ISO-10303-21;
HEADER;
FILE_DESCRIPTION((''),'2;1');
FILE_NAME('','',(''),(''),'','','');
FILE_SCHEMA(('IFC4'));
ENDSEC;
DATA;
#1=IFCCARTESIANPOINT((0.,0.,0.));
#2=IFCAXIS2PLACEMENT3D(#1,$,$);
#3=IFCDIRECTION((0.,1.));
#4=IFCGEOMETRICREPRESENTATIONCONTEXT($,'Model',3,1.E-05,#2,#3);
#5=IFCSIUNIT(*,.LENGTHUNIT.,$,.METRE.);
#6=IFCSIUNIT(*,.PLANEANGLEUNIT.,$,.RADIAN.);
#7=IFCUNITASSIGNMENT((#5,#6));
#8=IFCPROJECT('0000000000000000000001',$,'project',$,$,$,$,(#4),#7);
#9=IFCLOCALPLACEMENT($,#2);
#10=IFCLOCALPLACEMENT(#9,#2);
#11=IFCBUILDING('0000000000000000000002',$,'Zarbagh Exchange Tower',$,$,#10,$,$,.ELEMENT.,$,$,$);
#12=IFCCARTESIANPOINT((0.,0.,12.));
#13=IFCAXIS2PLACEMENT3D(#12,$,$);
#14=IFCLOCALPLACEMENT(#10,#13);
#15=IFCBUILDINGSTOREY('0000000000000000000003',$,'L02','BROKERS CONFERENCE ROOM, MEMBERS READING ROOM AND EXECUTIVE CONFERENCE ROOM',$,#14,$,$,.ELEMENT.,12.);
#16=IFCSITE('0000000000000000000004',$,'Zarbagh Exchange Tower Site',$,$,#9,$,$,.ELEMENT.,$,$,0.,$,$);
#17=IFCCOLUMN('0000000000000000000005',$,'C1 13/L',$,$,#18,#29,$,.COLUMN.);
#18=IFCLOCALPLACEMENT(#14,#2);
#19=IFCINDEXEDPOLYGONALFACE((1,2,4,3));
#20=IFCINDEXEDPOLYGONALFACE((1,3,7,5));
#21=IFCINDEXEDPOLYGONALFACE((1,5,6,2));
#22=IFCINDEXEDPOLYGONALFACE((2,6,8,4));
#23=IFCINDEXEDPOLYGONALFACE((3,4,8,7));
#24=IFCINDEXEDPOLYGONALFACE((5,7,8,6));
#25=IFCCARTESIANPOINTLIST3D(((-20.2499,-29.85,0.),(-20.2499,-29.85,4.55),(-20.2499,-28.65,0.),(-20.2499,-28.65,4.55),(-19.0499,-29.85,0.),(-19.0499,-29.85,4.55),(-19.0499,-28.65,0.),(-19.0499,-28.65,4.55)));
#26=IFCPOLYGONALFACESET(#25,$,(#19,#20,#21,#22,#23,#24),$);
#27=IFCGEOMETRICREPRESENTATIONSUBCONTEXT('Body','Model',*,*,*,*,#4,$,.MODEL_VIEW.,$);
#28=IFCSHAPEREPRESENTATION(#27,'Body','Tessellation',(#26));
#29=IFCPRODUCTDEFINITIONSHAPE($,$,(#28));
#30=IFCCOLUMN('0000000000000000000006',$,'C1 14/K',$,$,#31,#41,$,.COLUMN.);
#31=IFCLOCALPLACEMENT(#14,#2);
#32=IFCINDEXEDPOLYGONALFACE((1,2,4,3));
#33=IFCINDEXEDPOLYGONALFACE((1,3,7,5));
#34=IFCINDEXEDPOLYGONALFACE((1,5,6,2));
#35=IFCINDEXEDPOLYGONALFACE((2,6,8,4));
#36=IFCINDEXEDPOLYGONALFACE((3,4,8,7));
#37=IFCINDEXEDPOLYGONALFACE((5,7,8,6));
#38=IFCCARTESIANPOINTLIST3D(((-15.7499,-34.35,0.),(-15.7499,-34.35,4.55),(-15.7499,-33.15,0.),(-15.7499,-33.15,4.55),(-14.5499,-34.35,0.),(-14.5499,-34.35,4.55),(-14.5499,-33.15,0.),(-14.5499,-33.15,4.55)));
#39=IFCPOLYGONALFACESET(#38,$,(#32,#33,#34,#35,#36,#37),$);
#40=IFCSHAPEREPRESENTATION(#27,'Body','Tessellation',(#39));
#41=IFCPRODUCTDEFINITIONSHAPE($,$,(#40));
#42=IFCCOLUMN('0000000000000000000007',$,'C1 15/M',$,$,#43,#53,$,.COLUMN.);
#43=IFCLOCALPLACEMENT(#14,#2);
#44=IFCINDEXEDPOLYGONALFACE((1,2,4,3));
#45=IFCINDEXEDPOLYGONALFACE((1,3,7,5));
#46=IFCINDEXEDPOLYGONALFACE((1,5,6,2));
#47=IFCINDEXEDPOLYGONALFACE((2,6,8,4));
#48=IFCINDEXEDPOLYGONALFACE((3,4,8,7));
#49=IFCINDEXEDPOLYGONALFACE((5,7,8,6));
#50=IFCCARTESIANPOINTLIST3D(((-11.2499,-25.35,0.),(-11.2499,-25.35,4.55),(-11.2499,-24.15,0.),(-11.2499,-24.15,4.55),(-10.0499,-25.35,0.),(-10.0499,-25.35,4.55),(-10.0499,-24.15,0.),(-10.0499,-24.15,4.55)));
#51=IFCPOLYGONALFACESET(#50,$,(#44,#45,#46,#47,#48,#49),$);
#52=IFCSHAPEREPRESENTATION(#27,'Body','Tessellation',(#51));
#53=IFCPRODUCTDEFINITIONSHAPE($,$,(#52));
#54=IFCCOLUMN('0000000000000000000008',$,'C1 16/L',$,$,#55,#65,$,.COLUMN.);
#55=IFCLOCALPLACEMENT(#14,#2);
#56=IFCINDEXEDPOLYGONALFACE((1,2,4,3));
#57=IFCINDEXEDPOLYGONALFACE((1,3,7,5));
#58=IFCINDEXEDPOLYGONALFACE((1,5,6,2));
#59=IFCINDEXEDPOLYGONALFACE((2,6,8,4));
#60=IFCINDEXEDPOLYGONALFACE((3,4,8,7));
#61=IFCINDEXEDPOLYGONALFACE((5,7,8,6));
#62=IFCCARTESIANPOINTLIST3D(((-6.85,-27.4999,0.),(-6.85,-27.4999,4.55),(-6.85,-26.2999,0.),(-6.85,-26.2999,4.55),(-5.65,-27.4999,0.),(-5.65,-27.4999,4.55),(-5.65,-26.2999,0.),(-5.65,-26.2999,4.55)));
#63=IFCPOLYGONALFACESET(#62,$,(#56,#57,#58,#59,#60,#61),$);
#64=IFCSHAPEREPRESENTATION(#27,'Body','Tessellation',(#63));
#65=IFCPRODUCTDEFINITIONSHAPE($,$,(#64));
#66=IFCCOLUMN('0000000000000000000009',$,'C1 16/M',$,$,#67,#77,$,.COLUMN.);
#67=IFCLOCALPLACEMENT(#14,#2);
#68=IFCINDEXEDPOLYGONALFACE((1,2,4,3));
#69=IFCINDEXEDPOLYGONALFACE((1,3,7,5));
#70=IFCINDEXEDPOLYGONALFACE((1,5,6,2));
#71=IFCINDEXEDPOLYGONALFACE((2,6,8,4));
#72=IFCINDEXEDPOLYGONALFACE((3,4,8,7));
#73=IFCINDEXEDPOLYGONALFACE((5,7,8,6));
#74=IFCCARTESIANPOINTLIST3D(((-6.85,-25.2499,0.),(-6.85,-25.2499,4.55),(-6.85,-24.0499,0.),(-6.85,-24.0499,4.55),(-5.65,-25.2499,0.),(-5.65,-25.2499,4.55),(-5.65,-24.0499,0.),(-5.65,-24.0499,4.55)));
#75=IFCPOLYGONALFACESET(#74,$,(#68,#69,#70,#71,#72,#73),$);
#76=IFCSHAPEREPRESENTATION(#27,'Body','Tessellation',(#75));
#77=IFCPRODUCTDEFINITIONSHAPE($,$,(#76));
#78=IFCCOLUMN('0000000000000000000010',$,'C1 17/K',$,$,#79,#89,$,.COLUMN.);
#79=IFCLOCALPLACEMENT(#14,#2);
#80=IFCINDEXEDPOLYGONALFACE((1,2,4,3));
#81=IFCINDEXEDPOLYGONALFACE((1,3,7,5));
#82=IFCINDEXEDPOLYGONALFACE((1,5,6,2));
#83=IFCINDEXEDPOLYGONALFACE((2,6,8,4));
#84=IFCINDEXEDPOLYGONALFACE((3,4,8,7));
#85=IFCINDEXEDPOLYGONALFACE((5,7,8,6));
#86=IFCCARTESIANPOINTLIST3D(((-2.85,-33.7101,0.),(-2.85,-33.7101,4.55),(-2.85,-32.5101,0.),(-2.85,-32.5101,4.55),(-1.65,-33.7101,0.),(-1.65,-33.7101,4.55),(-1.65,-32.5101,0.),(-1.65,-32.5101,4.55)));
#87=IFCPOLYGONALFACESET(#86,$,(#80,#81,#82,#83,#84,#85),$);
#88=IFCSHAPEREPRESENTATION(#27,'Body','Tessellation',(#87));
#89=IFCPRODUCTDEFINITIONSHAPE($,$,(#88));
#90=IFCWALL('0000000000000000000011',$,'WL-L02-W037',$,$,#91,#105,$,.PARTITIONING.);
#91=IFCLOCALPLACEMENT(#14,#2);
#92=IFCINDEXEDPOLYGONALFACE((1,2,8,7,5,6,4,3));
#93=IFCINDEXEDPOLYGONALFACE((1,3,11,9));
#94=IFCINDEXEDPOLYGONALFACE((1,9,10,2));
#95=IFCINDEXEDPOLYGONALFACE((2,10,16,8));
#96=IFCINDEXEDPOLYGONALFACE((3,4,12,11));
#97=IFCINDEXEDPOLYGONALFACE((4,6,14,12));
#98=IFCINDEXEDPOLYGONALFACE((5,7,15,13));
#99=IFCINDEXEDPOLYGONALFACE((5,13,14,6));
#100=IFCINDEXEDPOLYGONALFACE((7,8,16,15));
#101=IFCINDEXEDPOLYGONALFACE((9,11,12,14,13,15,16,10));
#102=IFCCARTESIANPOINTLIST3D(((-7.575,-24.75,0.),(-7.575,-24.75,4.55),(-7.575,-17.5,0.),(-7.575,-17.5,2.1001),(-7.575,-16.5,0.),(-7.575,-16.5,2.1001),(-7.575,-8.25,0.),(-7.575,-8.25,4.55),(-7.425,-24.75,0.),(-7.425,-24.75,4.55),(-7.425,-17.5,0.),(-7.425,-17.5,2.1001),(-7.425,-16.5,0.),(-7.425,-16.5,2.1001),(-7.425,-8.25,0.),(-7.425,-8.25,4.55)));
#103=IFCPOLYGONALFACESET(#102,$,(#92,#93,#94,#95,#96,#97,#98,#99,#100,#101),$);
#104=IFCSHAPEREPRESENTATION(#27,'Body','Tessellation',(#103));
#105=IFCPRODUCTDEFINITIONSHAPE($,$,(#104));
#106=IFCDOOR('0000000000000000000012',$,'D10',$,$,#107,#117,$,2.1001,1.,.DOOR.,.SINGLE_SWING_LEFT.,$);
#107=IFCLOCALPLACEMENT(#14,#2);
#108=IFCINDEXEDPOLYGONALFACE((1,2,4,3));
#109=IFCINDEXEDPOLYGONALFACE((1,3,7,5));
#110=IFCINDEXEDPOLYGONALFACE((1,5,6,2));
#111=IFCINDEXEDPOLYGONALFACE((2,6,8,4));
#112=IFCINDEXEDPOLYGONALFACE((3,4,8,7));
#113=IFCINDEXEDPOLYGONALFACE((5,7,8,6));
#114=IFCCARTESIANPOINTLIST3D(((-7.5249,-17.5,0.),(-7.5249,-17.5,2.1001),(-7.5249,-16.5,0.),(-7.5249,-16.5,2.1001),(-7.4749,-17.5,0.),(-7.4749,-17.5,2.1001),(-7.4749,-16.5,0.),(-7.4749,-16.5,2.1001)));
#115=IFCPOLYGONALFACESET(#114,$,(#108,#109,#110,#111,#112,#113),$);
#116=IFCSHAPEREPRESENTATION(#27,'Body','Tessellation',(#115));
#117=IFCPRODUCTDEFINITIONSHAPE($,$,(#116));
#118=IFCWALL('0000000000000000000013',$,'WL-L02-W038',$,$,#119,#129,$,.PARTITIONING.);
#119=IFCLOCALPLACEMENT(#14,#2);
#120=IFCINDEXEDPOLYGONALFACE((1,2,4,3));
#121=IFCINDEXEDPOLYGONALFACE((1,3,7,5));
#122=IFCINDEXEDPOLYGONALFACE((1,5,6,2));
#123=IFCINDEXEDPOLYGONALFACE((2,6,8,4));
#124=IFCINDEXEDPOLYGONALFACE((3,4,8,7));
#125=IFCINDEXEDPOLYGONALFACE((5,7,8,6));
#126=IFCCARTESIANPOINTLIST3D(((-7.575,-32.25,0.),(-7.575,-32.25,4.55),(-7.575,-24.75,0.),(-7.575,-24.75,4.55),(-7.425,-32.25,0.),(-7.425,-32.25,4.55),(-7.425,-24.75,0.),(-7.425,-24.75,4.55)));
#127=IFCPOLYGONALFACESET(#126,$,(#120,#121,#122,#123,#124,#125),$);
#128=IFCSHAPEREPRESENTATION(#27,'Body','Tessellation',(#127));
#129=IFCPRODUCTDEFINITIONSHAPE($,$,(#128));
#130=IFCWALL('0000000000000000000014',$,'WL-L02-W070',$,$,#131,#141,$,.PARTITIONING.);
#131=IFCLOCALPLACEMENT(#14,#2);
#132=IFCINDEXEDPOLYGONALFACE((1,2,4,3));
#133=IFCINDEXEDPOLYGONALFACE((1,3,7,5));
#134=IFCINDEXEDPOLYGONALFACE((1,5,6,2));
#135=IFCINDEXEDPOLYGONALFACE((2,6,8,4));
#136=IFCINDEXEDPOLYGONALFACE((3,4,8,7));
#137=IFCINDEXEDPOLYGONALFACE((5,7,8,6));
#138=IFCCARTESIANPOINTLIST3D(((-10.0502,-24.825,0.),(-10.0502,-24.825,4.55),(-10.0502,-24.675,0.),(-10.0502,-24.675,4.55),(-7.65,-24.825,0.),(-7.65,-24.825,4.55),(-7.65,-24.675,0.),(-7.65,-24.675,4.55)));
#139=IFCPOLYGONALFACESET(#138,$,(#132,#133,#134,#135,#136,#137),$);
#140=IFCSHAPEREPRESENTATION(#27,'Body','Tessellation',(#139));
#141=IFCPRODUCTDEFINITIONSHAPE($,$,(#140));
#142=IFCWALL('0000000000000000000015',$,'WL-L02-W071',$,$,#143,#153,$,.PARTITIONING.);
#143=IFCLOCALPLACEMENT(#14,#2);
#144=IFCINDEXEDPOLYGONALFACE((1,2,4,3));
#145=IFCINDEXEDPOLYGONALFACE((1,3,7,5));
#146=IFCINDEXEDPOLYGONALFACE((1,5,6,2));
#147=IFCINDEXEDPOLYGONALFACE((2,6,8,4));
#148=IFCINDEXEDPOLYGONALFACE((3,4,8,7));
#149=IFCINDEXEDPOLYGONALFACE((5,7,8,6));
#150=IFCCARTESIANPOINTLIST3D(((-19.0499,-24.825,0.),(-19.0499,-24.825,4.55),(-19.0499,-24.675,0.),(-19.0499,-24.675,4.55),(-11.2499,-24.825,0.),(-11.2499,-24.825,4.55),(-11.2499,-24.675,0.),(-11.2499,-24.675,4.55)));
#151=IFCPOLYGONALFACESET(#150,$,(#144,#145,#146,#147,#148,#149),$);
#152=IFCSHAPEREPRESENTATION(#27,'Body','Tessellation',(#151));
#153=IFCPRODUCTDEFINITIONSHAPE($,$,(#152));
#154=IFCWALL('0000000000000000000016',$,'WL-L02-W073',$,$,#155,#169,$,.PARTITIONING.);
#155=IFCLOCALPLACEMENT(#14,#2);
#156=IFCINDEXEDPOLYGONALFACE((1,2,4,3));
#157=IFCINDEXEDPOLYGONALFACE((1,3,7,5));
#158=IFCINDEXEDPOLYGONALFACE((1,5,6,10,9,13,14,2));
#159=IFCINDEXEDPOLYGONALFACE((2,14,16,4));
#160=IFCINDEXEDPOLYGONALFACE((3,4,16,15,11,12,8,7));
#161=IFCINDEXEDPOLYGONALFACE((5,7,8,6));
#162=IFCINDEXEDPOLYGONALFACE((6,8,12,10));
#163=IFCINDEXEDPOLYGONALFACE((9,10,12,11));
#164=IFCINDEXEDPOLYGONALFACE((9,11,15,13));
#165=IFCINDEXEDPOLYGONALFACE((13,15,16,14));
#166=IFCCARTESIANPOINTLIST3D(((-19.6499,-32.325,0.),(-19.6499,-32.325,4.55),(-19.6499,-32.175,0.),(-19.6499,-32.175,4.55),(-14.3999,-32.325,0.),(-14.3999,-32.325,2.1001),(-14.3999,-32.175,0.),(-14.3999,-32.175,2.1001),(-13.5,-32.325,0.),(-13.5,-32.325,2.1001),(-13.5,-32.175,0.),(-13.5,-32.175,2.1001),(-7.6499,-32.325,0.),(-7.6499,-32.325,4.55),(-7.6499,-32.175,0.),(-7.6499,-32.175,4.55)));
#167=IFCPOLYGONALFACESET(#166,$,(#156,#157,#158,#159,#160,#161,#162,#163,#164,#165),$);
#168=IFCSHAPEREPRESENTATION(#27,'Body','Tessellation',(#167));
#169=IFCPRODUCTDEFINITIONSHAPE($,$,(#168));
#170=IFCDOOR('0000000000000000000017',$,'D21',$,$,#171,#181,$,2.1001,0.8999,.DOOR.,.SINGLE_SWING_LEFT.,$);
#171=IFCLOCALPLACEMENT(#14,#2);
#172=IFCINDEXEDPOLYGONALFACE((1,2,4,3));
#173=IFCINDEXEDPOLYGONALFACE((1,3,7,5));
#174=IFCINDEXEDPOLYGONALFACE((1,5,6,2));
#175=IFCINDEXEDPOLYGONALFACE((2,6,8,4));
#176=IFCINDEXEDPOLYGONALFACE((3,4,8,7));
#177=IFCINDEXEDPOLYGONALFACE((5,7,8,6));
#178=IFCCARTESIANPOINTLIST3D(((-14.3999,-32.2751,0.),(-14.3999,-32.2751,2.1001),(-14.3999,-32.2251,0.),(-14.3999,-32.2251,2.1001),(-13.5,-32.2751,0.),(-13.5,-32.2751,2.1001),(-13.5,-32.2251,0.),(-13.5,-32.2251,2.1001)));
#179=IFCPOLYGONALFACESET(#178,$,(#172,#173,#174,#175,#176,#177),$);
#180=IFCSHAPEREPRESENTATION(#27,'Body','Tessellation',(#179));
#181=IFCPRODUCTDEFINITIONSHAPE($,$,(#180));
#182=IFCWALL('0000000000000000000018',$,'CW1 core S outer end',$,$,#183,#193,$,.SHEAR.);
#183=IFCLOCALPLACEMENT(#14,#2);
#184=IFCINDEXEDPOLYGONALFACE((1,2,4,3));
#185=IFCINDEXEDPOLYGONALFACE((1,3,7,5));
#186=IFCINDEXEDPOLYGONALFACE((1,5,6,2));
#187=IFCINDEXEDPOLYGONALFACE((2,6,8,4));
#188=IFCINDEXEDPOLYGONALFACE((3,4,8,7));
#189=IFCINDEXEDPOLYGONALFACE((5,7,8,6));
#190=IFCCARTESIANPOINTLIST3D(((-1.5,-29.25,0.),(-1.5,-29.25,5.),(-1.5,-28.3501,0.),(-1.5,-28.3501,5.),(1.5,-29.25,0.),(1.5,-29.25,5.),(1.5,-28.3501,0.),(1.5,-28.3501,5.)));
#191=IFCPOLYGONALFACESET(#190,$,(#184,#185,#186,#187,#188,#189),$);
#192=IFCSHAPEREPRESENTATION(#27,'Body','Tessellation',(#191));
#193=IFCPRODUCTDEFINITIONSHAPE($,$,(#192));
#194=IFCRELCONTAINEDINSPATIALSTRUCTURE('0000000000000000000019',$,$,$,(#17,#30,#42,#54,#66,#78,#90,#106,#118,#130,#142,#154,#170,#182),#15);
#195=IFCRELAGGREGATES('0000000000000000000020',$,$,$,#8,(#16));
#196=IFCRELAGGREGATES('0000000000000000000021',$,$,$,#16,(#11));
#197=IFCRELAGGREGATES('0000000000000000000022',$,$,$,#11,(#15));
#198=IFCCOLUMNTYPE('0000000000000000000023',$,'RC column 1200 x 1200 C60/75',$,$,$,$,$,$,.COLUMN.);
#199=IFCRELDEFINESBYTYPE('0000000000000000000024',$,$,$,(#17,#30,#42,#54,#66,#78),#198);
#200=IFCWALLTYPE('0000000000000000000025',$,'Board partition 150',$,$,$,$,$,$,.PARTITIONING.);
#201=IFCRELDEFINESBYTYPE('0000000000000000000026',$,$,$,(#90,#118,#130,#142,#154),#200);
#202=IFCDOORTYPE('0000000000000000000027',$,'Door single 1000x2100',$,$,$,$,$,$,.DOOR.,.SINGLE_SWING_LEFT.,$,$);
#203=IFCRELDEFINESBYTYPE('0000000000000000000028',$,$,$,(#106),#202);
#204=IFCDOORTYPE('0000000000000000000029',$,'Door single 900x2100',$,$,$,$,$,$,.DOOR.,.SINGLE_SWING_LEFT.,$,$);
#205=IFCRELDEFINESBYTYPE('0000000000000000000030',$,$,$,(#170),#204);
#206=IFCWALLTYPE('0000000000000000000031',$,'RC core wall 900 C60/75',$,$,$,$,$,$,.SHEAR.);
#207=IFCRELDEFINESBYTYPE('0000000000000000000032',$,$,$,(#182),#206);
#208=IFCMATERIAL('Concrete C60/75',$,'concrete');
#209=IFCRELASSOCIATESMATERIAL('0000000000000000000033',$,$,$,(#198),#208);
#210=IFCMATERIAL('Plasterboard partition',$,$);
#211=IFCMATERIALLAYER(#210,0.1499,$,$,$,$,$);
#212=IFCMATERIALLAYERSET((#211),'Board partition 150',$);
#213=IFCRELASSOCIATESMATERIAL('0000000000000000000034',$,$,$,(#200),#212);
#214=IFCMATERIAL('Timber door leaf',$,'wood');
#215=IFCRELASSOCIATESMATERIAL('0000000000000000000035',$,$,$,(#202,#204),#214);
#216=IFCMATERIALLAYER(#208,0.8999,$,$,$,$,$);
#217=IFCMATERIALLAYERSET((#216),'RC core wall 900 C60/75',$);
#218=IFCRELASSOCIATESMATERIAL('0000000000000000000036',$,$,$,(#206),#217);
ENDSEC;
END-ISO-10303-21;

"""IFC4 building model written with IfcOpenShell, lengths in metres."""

from ifc_helpers import new_model, si_unit, direction, frame, frame_2d, origin, origin_2d, place, context, subcontext, project, spatial, rectangle, extrude, material, layer, layer_set, material_profile, profile_set, type_object, element, fill, save


model = new_model("IFC4")

# Units and contexts
model_context = context("Model", 3, precision=1e-05, world=origin(), true_north=direction((0.0, 1.0)))
body_context = subcontext(model_context, "Body", "Model", "MODEL_VIEW")
ifc_project = project(units=[si_unit("LENGTHUNIT", "METRE"), si_unit("PLANEANGLEUNIT", "RADIAN")], contexts=[model_context])

# Site, building, storey
site_placement = place(None, origin())
site = spatial("IfcSite", under=ifc_project, at=site_placement, Name="Zarbagh Exchange Tower Site", CompositionType="ELEMENT", RefElevation=0.0)
building_placement = place(site_placement, origin())
building = spatial("IfcBuilding", under=site, at=building_placement, Name="Zarbagh Exchange Tower", CompositionType="ELEMENT")
storey_placement = place(building_placement, frame((0.0, 0.0, 12.0)))
storey = spatial("IfcBuildingStorey", under=building, at=storey_placement, Name="L02", Description="BROKERS CONFERENCE ROOM, MEMBERS READING ROOM AND EXECUTIVE CONFERENCE ROOM", CompositionType="ELEMENT", Elevation=12.0)

# Columns
ifc_material_1 = material(Name="Concrete C60/75", Category="concrete")
ifc_material_profile = material_profile(ifc_material_1, rectangle(XDim=1.2, YDim=1.2, at=origin_2d()), Name="RC column 1200 x 1200 C60/75")
ifc_profile_set = profile_set([ifc_material_profile], Name="Concrete C60/75")
column_type = type_object("IfcColumnType", Name="RC column 1200 x 1200 C60/75", PredefinedType="COLUMN", material=ifc_profile_set)
for number, where, z_axis, x_axis, name in (
    (1, (-19.6499, -29.25, 0.0), (0.0, 0.0, 1.0), (1.0, 0.0, 0.0), "C1 13/L"),
    (2, (-15.1499, -33.75, 0.0), (0.0, 0.0, 1.0), (1.0, 0.0, 0.0), "C1 14/K"),
    (3, (-10.6499, -24.75, 0.0), (0.0, 0.0, 1.0), (1.0, 0.0, 0.0), "C1 15/M"),
    (4, (-6.25, -26.8999, 0.0), (0.0, 0.0, 1.0), (1.0, 0.0, 0.0), "C1 16/L"),
    (5, (-6.25, -24.6499, 0.0), (0.0, 0.0, 1.0), (1.0, 0.0, 0.0), "C1 16/M"),
    (6, (-2.25, -33.1101, 0.0), (0.0, 0.0, 1.0), (1.0, 0.0, 0.0), "C1 17/K"),
):
    element("IfcColumn", number, at=place(storey_placement, frame(where, z_axis=z_axis, x_axis=x_axis)), inside=storey, type_object=column_type, Name=name, PredefinedType="COLUMN", context=body_context, shape_type="SweptSolid", body=[
        extrude(rectangle(XDim=1.2, YDim=1.2, at=origin_2d()), origin(), (0.0, 0.0, 1.0), 4.55),
    ])

# Wall, opening, door
ifc_material_2 = material(Name="Plasterboard partition")
ifc_layer_1 = layer(ifc_material_2, 0.1499)
ifc_layer_set_1 = layer_set([ifc_layer_1], Name="Board partition 150")
wall_type_1 = type_object("IfcWallType", Name="Board partition 150", PredefinedType="PARTITIONING", material=ifc_layer_set_1)
wall_1_placement = place(storey_placement, frame((-7.5, -24.75, 0.0), z_axis=(0.0, 0.0, 1.0), x_axis=(0.0, 1.0, 0.0)))
wall_1 = element("IfcWall", 7, at=wall_1_placement, inside=storey, type_object=wall_type_1, Name="WL-L02-W037", PredefinedType="PARTITIONING", context=body_context, shape_type="SweptSolid", body=[
    extrude(rectangle(XDim=16.5, YDim=0.1499, at=frame_2d((8.25, 0.0))), origin(), (0.0, 0.0, 1.0), 4.55),
])
opening_1_placement = place(wall_1_placement, frame((7.25, 0.0, 0.0)))
opening_1 = element("IfcOpeningElement", 8, at=opening_1_placement, cuts=wall_1, PredefinedType="OPENING", context=body_context, shape_type="SweptSolid", body=[
    extrude(rectangle(XDim=1.0, YDim=2.1001, at=frame_2d((0.5, 1.05))), frame((0.0, 0.085, 0.0), z_axis=(0.0, -1.0, 0.0), x_axis=(1.0, 0.0, 0.0)), (0.0, 0.0, 1.0), 0.1699),
])
ifc_material_3 = material(Name="Timber door leaf", Category="wood")
door_type_1 = type_object("IfcDoorType", Name="Door single 1000x2100", OperationType="SINGLE_SWING_LEFT", PredefinedType="DOOR", material=ifc_material_3)
door_1_placement = place(opening_1_placement, origin())
door_1 = element("IfcDoor", 9, at=door_1_placement, inside=storey, type_object=door_type_1, Name="D10", OperationType="SINGLE_SWING_LEFT", OverallHeight=2.1001, OverallWidth=1.0, PredefinedType="DOOR", context=body_context, shape_type="SweptSolid", body=[
    extrude(rectangle(XDim=1.0, YDim=2.1001, at=frame_2d((0.5, 1.05))), frame((0.0, 0.0249, 0.0), z_axis=(0.0, -1.0, 0.0), x_axis=(1.0, 0.0, 0.0)), (0.0, 0.0, 1.0), 0.05),
])
fill(opening_1, door_1)

# Walls
wall_2_placement = place(storey_placement, frame((-7.5, -32.25, 0.0), z_axis=(0.0, 0.0, 1.0), x_axis=(0.0, 1.0, 0.0)))
element("IfcWall", 10, at=wall_2_placement, inside=storey, type_object=wall_type_1, Name="WL-L02-W038", PredefinedType="PARTITIONING", context=body_context, shape_type="SweptSolid", body=[
    extrude(rectangle(XDim=7.5, YDim=0.1499, at=frame_2d((3.75, 0.0))), origin(), (0.0, 0.0, 1.0), 4.55),
])
wall_3_placement = place(storey_placement, frame((-7.6499, -24.75, 0.0), z_axis=(0.0, 0.0, 1.0), x_axis=(-1.0, 0.0, 0.0)))
element("IfcWall", 11, at=wall_3_placement, inside=storey, type_object=wall_type_1, Name="WL-L02-W070", PredefinedType="PARTITIONING", context=body_context, shape_type="SweptSolid", body=[
    extrude(rectangle(XDim=2.4001, YDim=0.1499, at=frame_2d((1.2002, 0.0))), origin(), (0.0, 0.0, 1.0), 4.55),
])
wall_4_placement = place(storey_placement, frame((-11.25, -24.75, 0.0), z_axis=(0.0, 0.0, 1.0), x_axis=(-1.0, 0.0, 0.0)))
element("IfcWall", 12, at=wall_4_placement, inside=storey, type_object=wall_type_1, Name="WL-L02-W071", PredefinedType="PARTITIONING", context=body_context, shape_type="SweptSolid", body=[
    extrude(rectangle(XDim=7.8, YDim=0.1499, at=frame_2d((3.8999, 0.0))), origin(), (0.0, 0.0, 1.0), 4.55),
])

# Wall, opening, door
wall_5_placement = place(storey_placement, frame((-19.6499, -32.25, 0.0), z_axis=(0.0, 0.0, 1.0), x_axis=(1.0, 0.0, 0.0)))
wall_5 = element("IfcWall", 13, at=wall_5_placement, inside=storey, type_object=wall_type_1, Name="WL-L02-W073", PredefinedType="PARTITIONING", context=body_context, shape_type="SweptSolid", body=[
    extrude(rectangle(XDim=12.0, YDim=0.1499, at=frame_2d((6.0, 0.0))), origin(), (0.0, 0.0, 1.0), 4.55),
])
opening_2_placement = place(wall_5_placement, frame((5.25, 0.0, 0.0)))
opening_2 = element("IfcOpeningElement", 14, at=opening_2_placement, cuts=wall_5, PredefinedType="OPENING", context=body_context, shape_type="SweptSolid", body=[
    extrude(rectangle(XDim=0.8999, YDim=2.1001, at=frame_2d((0.45, 1.05))), frame((0.0, 0.085, 0.0), z_axis=(0.0, -1.0, 0.0), x_axis=(1.0, 0.0, 0.0)), (0.0, 0.0, 1.0), 0.1699),
])
door_type_2 = type_object("IfcDoorType", Name="Door single 900x2100", OperationType="SINGLE_SWING_LEFT", PredefinedType="DOOR", material=ifc_material_3)
door_2_placement = place(opening_2_placement, origin())
door_2 = element("IfcDoor", 15, at=door_2_placement, inside=storey, type_object=door_type_2, Name="D21", OperationType="SINGLE_SWING_LEFT", OverallHeight=2.1001, OverallWidth=0.8999, PredefinedType="DOOR", context=body_context, shape_type="SweptSolid", body=[
    extrude(rectangle(XDim=0.8999, YDim=2.1001, at=frame_2d((0.45, 1.05))), frame((0.0, 0.0249, 0.0), z_axis=(0.0, -1.0, 0.0), x_axis=(1.0, 0.0, 0.0)), (0.0, 0.0, 1.0), 0.05),
])
fill(opening_2, door_2)

# Wall
ifc_layer_2 = layer(ifc_material_1, 0.8999)
ifc_layer_set_2 = layer_set([ifc_layer_2], Name="RC core wall 900 C60/75")
wall_type_2 = type_object("IfcWallType", Name="RC core wall 900 C60/75", PredefinedType="SHEAR", material=ifc_layer_set_2)
wall_6_placement = place(storey_placement, frame((-1.5, -28.8, 0.0), z_axis=(0.0, 0.0, 1.0), x_axis=(1.0, 0.0, 0.0)))
element("IfcWall", 16, at=wall_6_placement, inside=storey, type_object=wall_type_2, Name="CW1 core S outer end", PredefinedType="SHEAR", context=body_context, shape_type="SweptSolid", body=[
    extrude(rectangle(XDim=3.0, YDim=0.8999, at=frame_2d((1.5, 0.0))), origin(), (0.0, 0.0, 1.0), 5.0),
])

save(model, "model.ifc")
